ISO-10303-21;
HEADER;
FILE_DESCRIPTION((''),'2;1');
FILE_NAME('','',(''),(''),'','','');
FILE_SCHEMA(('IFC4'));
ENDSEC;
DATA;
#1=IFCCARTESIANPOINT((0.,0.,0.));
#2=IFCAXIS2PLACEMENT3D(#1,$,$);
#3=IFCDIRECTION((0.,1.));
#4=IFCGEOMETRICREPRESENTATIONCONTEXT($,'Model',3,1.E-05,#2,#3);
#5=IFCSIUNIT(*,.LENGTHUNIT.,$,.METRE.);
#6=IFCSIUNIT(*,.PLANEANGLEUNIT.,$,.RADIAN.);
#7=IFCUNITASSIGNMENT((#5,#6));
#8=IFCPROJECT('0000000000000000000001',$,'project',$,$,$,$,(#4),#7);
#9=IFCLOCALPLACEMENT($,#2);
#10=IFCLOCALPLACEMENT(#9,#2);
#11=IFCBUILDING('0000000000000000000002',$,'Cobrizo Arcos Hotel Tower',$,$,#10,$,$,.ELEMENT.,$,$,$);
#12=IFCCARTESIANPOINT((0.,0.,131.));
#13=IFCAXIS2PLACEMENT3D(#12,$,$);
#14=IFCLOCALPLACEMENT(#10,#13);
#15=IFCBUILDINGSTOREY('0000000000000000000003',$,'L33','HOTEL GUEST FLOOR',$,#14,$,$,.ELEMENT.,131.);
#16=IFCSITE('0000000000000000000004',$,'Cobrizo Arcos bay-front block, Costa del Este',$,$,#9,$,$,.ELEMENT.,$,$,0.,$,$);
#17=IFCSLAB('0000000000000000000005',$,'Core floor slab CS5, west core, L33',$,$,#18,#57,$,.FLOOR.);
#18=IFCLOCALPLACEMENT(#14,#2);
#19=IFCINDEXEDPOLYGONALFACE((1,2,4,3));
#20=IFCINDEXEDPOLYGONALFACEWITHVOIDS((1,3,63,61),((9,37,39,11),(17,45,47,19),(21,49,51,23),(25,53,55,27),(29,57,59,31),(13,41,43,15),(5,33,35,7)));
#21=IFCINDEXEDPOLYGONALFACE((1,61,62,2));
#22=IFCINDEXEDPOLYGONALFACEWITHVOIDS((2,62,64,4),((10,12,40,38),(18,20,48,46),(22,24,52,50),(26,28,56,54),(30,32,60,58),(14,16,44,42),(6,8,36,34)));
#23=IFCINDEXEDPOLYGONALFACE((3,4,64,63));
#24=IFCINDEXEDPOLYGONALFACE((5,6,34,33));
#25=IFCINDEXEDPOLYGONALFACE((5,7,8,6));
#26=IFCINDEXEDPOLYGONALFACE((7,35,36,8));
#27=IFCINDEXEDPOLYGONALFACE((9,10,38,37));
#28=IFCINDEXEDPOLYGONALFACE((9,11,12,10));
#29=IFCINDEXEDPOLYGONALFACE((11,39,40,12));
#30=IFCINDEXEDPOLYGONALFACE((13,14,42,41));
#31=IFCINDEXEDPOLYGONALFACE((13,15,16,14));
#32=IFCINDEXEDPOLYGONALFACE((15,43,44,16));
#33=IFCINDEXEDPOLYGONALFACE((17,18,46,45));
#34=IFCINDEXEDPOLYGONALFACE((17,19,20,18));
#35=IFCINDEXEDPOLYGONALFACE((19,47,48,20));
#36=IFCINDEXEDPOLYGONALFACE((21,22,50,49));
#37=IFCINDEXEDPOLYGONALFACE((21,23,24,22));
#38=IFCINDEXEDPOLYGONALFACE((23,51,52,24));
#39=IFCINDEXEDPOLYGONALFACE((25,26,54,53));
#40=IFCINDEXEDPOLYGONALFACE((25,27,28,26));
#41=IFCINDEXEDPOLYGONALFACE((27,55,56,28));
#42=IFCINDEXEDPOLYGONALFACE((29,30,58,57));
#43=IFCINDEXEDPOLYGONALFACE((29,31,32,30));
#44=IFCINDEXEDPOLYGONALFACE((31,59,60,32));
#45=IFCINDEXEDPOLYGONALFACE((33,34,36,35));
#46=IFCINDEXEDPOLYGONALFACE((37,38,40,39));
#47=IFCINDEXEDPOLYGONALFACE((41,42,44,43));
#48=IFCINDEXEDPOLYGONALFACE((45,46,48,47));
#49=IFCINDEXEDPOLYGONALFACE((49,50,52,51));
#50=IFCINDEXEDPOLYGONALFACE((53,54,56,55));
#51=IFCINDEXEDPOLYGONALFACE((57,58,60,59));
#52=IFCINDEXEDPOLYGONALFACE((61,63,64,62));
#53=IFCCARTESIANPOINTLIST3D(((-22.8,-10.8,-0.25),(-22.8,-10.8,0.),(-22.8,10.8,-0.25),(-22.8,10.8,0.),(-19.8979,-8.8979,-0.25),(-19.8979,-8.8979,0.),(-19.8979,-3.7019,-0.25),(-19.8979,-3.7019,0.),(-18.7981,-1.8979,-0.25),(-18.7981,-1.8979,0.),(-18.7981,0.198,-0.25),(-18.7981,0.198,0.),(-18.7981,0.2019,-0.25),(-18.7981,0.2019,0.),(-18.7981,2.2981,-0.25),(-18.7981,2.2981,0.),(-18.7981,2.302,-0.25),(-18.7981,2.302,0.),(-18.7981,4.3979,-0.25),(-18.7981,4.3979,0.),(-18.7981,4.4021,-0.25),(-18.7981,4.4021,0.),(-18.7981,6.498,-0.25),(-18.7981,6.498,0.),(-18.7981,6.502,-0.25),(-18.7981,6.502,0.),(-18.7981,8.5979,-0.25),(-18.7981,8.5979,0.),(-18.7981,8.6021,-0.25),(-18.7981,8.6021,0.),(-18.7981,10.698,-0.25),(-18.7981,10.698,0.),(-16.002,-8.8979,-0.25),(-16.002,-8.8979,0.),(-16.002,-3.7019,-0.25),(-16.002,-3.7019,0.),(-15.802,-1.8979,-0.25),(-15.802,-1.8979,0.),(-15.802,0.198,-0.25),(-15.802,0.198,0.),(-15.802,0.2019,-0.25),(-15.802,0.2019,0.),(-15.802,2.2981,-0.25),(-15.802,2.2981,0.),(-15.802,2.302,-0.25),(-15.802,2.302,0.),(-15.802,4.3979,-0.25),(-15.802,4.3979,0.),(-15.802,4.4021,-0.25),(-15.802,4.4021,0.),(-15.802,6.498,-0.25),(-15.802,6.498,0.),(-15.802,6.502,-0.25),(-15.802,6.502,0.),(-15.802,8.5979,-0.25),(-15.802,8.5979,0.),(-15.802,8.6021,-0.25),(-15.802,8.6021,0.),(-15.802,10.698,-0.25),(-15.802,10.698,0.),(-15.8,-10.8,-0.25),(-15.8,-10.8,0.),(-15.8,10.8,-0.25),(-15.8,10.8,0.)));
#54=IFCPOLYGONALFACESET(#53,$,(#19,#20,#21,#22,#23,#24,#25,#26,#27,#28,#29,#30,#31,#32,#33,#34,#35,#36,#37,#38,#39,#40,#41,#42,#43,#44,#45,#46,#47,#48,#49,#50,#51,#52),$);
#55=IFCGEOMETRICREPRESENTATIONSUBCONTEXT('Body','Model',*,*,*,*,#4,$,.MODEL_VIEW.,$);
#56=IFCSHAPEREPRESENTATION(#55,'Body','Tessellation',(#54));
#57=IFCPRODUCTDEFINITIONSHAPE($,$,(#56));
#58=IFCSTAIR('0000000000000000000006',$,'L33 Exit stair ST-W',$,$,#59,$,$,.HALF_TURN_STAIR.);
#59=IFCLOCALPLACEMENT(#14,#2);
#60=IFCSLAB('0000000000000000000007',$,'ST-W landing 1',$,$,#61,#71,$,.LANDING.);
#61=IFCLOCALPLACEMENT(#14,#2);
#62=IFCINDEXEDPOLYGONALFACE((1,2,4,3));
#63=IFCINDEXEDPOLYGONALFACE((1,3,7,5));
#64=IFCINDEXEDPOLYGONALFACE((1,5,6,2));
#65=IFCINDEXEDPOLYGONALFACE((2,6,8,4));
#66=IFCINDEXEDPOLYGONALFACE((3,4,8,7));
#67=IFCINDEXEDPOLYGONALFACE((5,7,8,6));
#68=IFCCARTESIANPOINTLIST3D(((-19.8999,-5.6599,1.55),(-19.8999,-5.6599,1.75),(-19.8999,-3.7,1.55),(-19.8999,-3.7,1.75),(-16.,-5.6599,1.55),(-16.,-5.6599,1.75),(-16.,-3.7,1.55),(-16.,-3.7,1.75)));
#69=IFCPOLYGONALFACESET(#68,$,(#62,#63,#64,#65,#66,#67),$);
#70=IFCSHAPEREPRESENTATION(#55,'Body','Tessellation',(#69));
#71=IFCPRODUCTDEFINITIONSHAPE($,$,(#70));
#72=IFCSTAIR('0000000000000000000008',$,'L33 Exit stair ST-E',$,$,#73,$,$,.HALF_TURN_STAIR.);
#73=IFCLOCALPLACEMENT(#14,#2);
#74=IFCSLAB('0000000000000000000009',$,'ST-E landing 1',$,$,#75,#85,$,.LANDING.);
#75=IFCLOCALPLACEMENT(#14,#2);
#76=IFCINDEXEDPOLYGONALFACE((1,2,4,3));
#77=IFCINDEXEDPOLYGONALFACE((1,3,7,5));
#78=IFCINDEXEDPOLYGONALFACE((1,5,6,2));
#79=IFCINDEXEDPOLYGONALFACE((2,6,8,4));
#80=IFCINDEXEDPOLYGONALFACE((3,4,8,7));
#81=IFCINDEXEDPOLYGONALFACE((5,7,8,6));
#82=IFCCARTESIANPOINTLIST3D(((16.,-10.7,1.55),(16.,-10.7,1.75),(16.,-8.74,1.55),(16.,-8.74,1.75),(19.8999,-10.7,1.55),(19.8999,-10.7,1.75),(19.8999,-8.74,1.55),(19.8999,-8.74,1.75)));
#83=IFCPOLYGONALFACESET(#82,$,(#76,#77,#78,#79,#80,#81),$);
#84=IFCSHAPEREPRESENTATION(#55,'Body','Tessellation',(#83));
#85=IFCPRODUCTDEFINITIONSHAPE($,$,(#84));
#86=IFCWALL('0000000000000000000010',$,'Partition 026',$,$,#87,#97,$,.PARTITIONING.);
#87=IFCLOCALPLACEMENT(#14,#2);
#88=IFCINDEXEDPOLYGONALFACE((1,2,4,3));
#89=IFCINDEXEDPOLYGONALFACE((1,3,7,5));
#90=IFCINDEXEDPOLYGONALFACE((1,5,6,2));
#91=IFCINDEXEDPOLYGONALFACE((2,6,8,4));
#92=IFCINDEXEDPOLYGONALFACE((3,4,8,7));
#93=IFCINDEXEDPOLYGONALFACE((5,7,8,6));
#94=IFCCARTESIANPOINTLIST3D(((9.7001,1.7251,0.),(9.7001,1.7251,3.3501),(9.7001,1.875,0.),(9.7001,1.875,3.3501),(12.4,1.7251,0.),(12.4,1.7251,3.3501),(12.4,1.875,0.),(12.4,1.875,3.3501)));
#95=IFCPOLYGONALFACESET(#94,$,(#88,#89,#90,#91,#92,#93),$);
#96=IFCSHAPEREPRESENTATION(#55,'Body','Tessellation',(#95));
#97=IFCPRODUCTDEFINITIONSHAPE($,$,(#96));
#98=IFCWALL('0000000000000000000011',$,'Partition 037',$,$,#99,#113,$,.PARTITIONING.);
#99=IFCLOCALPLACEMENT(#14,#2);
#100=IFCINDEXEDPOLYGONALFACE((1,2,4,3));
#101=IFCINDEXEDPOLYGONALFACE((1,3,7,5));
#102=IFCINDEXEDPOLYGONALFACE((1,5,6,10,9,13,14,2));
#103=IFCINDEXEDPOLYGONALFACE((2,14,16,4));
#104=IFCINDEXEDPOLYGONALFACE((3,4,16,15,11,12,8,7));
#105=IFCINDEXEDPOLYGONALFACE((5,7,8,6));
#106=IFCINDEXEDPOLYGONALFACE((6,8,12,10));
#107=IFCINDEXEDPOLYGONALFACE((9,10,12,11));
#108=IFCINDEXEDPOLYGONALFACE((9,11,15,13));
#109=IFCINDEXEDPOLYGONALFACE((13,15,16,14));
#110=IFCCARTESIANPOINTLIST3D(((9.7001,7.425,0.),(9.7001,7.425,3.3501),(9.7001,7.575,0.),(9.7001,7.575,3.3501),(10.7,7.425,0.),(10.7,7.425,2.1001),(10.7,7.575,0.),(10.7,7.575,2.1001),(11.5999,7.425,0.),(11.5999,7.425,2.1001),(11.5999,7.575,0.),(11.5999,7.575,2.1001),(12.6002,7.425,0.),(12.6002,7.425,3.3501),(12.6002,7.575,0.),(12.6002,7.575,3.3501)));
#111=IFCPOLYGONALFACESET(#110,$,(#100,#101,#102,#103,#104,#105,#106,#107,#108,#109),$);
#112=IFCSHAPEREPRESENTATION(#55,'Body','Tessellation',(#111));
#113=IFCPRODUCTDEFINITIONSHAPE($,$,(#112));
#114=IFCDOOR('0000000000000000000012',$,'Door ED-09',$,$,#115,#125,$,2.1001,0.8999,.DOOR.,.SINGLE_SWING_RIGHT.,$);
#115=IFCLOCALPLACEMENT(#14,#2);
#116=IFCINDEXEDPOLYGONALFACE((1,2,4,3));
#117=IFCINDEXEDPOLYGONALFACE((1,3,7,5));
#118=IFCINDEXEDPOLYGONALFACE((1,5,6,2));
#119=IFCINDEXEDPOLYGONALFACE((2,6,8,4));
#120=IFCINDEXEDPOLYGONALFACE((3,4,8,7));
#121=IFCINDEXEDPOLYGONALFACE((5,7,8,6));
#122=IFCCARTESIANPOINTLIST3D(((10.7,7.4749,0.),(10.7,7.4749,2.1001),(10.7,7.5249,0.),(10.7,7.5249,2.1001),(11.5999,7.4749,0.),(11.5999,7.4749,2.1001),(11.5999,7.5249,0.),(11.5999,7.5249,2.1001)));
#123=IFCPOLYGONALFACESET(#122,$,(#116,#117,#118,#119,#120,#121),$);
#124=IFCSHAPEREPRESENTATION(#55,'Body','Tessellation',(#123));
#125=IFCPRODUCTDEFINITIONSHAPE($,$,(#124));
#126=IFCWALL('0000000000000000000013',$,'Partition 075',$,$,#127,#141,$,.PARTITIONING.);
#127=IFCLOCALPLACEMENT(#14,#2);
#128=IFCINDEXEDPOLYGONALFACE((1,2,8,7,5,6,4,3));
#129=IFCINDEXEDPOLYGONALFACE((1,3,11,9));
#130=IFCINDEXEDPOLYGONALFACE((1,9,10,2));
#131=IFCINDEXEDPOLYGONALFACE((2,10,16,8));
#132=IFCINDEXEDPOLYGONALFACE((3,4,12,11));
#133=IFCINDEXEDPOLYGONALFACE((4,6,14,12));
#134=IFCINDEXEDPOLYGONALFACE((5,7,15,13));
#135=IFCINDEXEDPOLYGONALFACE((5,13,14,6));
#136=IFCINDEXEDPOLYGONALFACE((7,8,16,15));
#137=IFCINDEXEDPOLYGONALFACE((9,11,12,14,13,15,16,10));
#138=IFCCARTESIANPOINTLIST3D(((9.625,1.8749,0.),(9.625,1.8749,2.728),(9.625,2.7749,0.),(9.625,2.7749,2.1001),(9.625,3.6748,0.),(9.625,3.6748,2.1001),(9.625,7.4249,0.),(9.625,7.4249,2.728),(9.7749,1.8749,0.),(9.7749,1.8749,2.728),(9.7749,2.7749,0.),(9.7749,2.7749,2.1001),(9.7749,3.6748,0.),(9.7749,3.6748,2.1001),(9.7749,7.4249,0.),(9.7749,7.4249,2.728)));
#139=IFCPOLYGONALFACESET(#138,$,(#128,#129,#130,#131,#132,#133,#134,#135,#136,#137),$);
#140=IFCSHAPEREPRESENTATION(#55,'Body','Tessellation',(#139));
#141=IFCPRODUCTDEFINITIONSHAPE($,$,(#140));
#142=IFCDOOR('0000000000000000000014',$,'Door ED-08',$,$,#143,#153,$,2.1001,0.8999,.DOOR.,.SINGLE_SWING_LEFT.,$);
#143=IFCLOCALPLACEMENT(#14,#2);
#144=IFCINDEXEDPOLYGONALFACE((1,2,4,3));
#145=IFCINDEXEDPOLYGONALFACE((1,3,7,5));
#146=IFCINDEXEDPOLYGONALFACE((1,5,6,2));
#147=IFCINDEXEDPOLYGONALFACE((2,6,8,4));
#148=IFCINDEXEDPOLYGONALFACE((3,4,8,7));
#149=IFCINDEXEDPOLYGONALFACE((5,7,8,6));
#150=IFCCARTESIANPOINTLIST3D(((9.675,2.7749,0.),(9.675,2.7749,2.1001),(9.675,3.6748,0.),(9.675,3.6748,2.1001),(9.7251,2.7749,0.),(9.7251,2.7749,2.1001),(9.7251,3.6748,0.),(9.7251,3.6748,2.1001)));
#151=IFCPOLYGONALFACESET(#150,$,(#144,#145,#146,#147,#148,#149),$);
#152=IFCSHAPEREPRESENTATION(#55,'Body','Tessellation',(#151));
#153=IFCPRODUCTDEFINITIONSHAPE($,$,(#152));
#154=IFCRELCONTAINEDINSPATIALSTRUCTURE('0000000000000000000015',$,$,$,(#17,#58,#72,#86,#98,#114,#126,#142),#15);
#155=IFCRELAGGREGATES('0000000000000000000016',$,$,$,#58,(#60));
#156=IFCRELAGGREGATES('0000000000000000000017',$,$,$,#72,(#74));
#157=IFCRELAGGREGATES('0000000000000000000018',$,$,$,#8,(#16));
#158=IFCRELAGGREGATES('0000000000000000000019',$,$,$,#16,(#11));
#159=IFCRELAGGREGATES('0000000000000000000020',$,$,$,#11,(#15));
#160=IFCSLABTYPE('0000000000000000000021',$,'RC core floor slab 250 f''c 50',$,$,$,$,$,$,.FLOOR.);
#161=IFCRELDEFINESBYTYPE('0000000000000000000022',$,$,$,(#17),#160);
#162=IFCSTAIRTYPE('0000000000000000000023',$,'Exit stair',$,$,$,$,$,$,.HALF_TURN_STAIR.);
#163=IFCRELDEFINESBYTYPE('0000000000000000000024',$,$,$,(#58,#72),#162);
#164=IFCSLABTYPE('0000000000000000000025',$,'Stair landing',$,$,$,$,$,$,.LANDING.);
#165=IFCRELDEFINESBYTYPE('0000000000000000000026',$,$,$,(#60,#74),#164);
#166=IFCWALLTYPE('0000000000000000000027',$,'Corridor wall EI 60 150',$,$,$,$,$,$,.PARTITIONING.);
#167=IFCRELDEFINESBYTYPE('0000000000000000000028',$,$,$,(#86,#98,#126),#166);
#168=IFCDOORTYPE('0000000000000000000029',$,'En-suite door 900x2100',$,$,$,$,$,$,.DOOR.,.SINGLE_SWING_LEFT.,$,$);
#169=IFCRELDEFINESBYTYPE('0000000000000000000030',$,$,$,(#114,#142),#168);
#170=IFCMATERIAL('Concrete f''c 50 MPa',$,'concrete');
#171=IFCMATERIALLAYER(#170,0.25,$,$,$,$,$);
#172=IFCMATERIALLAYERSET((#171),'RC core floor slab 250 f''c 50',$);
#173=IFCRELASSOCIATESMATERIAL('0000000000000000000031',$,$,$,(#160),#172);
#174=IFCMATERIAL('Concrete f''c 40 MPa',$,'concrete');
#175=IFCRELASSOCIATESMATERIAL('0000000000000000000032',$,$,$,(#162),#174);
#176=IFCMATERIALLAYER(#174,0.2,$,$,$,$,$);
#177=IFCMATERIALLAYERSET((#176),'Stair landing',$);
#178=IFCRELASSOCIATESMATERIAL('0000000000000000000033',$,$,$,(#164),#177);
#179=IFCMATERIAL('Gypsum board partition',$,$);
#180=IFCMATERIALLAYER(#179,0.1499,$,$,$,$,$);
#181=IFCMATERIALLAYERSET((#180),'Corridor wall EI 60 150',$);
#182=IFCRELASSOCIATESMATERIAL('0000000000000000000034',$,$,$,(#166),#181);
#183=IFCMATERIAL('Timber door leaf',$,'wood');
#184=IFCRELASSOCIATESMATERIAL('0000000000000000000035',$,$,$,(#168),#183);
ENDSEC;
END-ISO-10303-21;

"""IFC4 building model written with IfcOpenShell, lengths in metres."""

from ifc_helpers import new_model, si_unit, direction, frame, frame_2d, origin, place, context, subcontext, project, spatial, polyline, rectangle, outline, extrude, material, layer, layer_set, type_object, element, fill, aggregate, save


model = new_model("IFC4")

# Units and contexts
model_context = context("Model", 3, precision=1e-05, world=origin(), true_north=direction((0.0, 1.0)))
body_context = subcontext(model_context, "Body", "Model", "MODEL_VIEW")
ifc_project = project(units=[si_unit("LENGTHUNIT", "METRE"), si_unit("PLANEANGLEUNIT", "RADIAN")], contexts=[model_context])

# Site, building, storey
site_placement = place(None, origin())
site = spatial("IfcSite", under=ifc_project, at=site_placement, Name="Cobrizo Arcos bay-front block, Costa del Este", CompositionType="ELEMENT", RefElevation=0.0)
building_placement = place(site_placement, origin())
building = spatial("IfcBuilding", under=site, at=building_placement, Name="Cobrizo Arcos Hotel Tower", CompositionType="ELEMENT")
storey_placement = place(building_placement, frame((0.0, 0.0, 131.0)))
storey = spatial("IfcBuildingStorey", under=building, at=storey_placement, Name="L33", Description="HOTEL GUEST FLOOR", CompositionType="ELEMENT", Elevation=131.0)

# Slab
ifc_material_1 = material(Name="Concrete f'c 50 MPa", Category="concrete")
ifc_layer_1 = layer(ifc_material_1, 0.25)
ifc_layer_set_1 = layer_set([ifc_layer_1], Name="RC core floor slab 250 f'c 50")
slab_type_1 = type_object("IfcSlabType", Name="RC core floor slab 250 f'c 50", PredefinedType="FLOOR", material=ifc_layer_set_1)
slab_1_placement = place(storey_placement, frame((0.0, 0.0, -0.25)))
element("IfcSlab", 1, at=slab_1_placement, inside=storey, type_object=slab_type_1, Name="Core floor slab CS5, west core, L33", PredefinedType="FLOOR", context=body_context, shape_type="SweptSolid", body=[
    extrude(outline(polyline([(-22.8, 10.8), (-15.8, 10.8), (-15.8, -10.8), (-22.8, -10.8), (-22.8, 10.8)]), holes=[polyline([(-19.8979, -3.7019), (-19.8979, -8.8979), (-16.002, -8.8979), (-16.002, -3.7019), (-19.8979, -3.7019)]), polyline([(-18.7981, 0.198), (-18.7981, -1.8979), (-15.802, -1.8979), (-15.802, 0.198), (-18.7981, 0.198)]), polyline([(-15.802, 2.2981), (-18.7981, 2.2981), (-18.7981, 0.2019), (-15.802, 0.2019), (-15.802, 2.2981)]), polyline([(-15.802, 4.3979), (-18.7981, 4.3979), (-18.7981, 2.302), (-15.802, 2.302), (-15.802, 4.3979)]), polyline([(-18.7981, 6.498), (-18.7981, 4.4021), (-15.802, 4.4021), (-15.802, 6.498), (-18.7981, 6.498)]), polyline([(-15.802, 8.5979), (-18.7981, 8.5979), (-18.7981, 6.502), (-15.802, 6.502), (-15.802, 8.5979)]), polyline([(-15.802, 10.698), (-18.7981, 10.698), (-18.7981, 8.6021), (-15.802, 8.6021), (-15.802, 10.698)])]), origin(), (0.0, 0.0, 1.0), 0.25),
])

# Stairs, slabs
ifc_material_2 = material(Name="Concrete f'c 40 MPa", Category="concrete")
stair_type = type_object("IfcStairType", Name="Exit stair", PredefinedType="HALF_TURN_STAIR", material=ifc_material_2)
stair_1_placement = place(storey_placement, origin())
stair_1 = element("IfcStair", 2, at=stair_1_placement, inside=storey, type_object=stair_type, Name="L33 Exit stair ST-W", PredefinedType="HALF_TURN_STAIR")
ifc_layer_2 = layer(ifc_material_2, 0.2)
ifc_layer_set_2 = layer_set([ifc_layer_2], Name="Stair landing")
slab_type_2 = type_object("IfcSlabType", Name="Stair landing", PredefinedType="LANDING", material=ifc_layer_set_2)
slab_2_placement = place(storey_placement, frame((0.0, 0.0, 1.55)))
slab_2 = element("IfcSlab", 3, at=slab_2_placement, type_object=slab_type_2, Name="ST-W landing 1", PredefinedType="LANDING", context=body_context, shape_type="SweptSolid", body=[
    extrude(outline(polyline([(-16.0, -5.6599), (-16.0, -3.7), (-19.8999, -3.7), (-19.8999, -5.6599), (-16.0, -5.6599)])), origin(), (0.0, 0.0, 1.0), 0.2),
])
aggregate(stair_1, [slab_2])
stair_2_placement = place(storey_placement, origin())
stair_2 = element("IfcStair", 4, at=stair_2_placement, inside=storey, type_object=stair_type, Name="L33 Exit stair ST-E", PredefinedType="HALF_TURN_STAIR")
slab_3_placement = place(storey_placement, frame((0.0, 0.0, 1.55)))
slab_3 = element("IfcSlab", 5, at=slab_3_placement, type_object=slab_type_2, Name="ST-E landing 1", PredefinedType="LANDING", context=body_context, shape_type="SweptSolid", body=[
    extrude(outline(polyline([(16.0, -8.74), (16.0, -10.7), (19.8999, -10.7), (19.8999, -8.74), (16.0, -8.74)])), origin(), (0.0, 0.0, 1.0), 0.2),
])
aggregate(stair_2, [slab_3])

# Wall
ifc_material_3 = material(Name="Gypsum board partition")
ifc_layer_3 = layer(ifc_material_3, 0.1499)
ifc_layer_set_3 = layer_set([ifc_layer_3], Name="Corridor wall EI 60 150")
wall_type_1 = type_object("IfcWallType", Name="Corridor wall EI 60 150", PredefinedType="PARTITIONING", material=ifc_layer_set_3)
wall_1_placement = place(storey_placement, frame((9.7, 1.8, 0.0), z_axis=(0.0, 0.0, 1.0), x_axis=(1.0, 0.0, 0.0)))
element("IfcWall", 6, at=wall_1_placement, inside=storey, type_object=wall_type_1, Name="Partition 026", PredefinedType="PARTITIONING", context=body_context, shape_type="SweptSolid", body=[
    extrude(rectangle(XDim=2.7, YDim=0.1499, at=frame_2d((1.3501, 0.0))), origin(), (0.0, 0.0, 1.0), 3.3501),
])

# Walls, openings, doors
wall_2_placement = place(storey_placement, frame((9.7, 7.5, 0.0), z_axis=(0.0, 0.0, 1.0), x_axis=(1.0, 0.0, 0.0)))
wall_2 = element("IfcWall", 7, at=wall_2_placement, inside=storey, type_object=wall_type_1, Name="Partition 037", PredefinedType="PARTITIONING", context=body_context, shape_type="SweptSolid", body=[
    extrude(rectangle(XDim=2.9001, YDim=0.1499, at=frame_2d((1.4502, 0.0))), origin(), (0.0, 0.0, 1.0), 3.3501),
])
opening_1_placement = place(wall_2_placement, frame((1.0, 0.0, 0.0)))
opening_1 = element("IfcOpeningElement", 8, at=opening_1_placement, cuts=wall_2, PredefinedType="OPENING", context=body_context, shape_type="SweptSolid", body=[
    extrude(rectangle(XDim=0.8999, YDim=2.1001, at=frame_2d((0.45, 1.05))), frame((0.0, 0.0869, 0.0), z_axis=(0.0, -1.0, 0.0), x_axis=(1.0, 0.0, 0.0)), (0.0, 0.0, 1.0), 0.1738),
])
ifc_material_4 = material(Name="Timber door leaf", Category="wood")
door_type_1 = type_object("IfcDoorType", Name="En-suite door 900x2100", OperationType="SINGLE_SWING_LEFT", PredefinedType="DOOR", material=ifc_material_4)
door_1_placement = place(opening_1_placement, origin())
door_1 = element("IfcDoor", 9, at=door_1_placement, inside=storey, type_object=door_type_1, Name="Door ED-09", OperationType="SINGLE_SWING_RIGHT", OverallHeight=2.1001, OverallWidth=0.8999, PredefinedType="DOOR", context=body_context, shape_type="SweptSolid", body=[
    extrude(rectangle(XDim=0.8999, YDim=2.1001, at=frame_2d((0.45, 1.05))), frame((0.0, 0.0249, 0.0), z_axis=(0.0, -1.0, 0.0), x_axis=(1.0, 0.0, 0.0)), (0.0, 0.0, 1.0), 0.05),
])
fill(opening_1, door_1)
wall_3_placement = place(storey_placement, frame((9.7, 1.875, 0.0), z_axis=(0.0, 0.0, 1.0), x_axis=(0.0, 1.0, 0.0)))
wall_3 = element("IfcWall", 10, at=wall_3_placement, inside=storey, type_object=wall_type_1, Name="Partition 075", PredefinedType="PARTITIONING", context=body_context, shape_type="SweptSolid", body=[
    extrude(rectangle(XDim=5.55, YDim=0.1499, at=frame_2d((2.7749, 0.0))), origin(), (0.0, 0.0, 1.0), 2.728),
])
opening_2_placement = place(wall_3_placement, frame((0.8999, 0.0, 0.0)))
opening_2 = element("IfcOpeningElement", 11, at=opening_2_placement, cuts=wall_3, PredefinedType="OPENING", context=body_context, shape_type="SweptSolid", body=[
    extrude(rectangle(XDim=0.8999, YDim=2.1001, at=frame_2d((0.45, 1.05))), frame((0.0, 0.0869, 0.0), z_axis=(0.0, -1.0, 0.0), x_axis=(1.0, 0.0, 0.0)), (0.0, 0.0, 1.0), 0.1738),
])
door_2_placement = place(opening_2_placement, origin())
door_2 = element("IfcDoor", 12, at=door_2_placement, inside=storey, type_object=door_type_1, Name="Door ED-08", OperationType="SINGLE_SWING_LEFT", OverallHeight=2.1001, OverallWidth=0.8999, PredefinedType="DOOR", context=body_context, shape_type="SweptSolid", body=[
    extrude(rectangle(XDim=0.8999, YDim=2.1001, at=frame_2d((0.45, 1.05))), frame((0.0, 0.0249, 0.0), z_axis=(0.0, -1.0, 0.0), x_axis=(1.0, 0.0, 0.0)), (0.0, 0.0, 1.0), 0.05),
])
fill(opening_2, door_2)

save(model, "model.ifc")
